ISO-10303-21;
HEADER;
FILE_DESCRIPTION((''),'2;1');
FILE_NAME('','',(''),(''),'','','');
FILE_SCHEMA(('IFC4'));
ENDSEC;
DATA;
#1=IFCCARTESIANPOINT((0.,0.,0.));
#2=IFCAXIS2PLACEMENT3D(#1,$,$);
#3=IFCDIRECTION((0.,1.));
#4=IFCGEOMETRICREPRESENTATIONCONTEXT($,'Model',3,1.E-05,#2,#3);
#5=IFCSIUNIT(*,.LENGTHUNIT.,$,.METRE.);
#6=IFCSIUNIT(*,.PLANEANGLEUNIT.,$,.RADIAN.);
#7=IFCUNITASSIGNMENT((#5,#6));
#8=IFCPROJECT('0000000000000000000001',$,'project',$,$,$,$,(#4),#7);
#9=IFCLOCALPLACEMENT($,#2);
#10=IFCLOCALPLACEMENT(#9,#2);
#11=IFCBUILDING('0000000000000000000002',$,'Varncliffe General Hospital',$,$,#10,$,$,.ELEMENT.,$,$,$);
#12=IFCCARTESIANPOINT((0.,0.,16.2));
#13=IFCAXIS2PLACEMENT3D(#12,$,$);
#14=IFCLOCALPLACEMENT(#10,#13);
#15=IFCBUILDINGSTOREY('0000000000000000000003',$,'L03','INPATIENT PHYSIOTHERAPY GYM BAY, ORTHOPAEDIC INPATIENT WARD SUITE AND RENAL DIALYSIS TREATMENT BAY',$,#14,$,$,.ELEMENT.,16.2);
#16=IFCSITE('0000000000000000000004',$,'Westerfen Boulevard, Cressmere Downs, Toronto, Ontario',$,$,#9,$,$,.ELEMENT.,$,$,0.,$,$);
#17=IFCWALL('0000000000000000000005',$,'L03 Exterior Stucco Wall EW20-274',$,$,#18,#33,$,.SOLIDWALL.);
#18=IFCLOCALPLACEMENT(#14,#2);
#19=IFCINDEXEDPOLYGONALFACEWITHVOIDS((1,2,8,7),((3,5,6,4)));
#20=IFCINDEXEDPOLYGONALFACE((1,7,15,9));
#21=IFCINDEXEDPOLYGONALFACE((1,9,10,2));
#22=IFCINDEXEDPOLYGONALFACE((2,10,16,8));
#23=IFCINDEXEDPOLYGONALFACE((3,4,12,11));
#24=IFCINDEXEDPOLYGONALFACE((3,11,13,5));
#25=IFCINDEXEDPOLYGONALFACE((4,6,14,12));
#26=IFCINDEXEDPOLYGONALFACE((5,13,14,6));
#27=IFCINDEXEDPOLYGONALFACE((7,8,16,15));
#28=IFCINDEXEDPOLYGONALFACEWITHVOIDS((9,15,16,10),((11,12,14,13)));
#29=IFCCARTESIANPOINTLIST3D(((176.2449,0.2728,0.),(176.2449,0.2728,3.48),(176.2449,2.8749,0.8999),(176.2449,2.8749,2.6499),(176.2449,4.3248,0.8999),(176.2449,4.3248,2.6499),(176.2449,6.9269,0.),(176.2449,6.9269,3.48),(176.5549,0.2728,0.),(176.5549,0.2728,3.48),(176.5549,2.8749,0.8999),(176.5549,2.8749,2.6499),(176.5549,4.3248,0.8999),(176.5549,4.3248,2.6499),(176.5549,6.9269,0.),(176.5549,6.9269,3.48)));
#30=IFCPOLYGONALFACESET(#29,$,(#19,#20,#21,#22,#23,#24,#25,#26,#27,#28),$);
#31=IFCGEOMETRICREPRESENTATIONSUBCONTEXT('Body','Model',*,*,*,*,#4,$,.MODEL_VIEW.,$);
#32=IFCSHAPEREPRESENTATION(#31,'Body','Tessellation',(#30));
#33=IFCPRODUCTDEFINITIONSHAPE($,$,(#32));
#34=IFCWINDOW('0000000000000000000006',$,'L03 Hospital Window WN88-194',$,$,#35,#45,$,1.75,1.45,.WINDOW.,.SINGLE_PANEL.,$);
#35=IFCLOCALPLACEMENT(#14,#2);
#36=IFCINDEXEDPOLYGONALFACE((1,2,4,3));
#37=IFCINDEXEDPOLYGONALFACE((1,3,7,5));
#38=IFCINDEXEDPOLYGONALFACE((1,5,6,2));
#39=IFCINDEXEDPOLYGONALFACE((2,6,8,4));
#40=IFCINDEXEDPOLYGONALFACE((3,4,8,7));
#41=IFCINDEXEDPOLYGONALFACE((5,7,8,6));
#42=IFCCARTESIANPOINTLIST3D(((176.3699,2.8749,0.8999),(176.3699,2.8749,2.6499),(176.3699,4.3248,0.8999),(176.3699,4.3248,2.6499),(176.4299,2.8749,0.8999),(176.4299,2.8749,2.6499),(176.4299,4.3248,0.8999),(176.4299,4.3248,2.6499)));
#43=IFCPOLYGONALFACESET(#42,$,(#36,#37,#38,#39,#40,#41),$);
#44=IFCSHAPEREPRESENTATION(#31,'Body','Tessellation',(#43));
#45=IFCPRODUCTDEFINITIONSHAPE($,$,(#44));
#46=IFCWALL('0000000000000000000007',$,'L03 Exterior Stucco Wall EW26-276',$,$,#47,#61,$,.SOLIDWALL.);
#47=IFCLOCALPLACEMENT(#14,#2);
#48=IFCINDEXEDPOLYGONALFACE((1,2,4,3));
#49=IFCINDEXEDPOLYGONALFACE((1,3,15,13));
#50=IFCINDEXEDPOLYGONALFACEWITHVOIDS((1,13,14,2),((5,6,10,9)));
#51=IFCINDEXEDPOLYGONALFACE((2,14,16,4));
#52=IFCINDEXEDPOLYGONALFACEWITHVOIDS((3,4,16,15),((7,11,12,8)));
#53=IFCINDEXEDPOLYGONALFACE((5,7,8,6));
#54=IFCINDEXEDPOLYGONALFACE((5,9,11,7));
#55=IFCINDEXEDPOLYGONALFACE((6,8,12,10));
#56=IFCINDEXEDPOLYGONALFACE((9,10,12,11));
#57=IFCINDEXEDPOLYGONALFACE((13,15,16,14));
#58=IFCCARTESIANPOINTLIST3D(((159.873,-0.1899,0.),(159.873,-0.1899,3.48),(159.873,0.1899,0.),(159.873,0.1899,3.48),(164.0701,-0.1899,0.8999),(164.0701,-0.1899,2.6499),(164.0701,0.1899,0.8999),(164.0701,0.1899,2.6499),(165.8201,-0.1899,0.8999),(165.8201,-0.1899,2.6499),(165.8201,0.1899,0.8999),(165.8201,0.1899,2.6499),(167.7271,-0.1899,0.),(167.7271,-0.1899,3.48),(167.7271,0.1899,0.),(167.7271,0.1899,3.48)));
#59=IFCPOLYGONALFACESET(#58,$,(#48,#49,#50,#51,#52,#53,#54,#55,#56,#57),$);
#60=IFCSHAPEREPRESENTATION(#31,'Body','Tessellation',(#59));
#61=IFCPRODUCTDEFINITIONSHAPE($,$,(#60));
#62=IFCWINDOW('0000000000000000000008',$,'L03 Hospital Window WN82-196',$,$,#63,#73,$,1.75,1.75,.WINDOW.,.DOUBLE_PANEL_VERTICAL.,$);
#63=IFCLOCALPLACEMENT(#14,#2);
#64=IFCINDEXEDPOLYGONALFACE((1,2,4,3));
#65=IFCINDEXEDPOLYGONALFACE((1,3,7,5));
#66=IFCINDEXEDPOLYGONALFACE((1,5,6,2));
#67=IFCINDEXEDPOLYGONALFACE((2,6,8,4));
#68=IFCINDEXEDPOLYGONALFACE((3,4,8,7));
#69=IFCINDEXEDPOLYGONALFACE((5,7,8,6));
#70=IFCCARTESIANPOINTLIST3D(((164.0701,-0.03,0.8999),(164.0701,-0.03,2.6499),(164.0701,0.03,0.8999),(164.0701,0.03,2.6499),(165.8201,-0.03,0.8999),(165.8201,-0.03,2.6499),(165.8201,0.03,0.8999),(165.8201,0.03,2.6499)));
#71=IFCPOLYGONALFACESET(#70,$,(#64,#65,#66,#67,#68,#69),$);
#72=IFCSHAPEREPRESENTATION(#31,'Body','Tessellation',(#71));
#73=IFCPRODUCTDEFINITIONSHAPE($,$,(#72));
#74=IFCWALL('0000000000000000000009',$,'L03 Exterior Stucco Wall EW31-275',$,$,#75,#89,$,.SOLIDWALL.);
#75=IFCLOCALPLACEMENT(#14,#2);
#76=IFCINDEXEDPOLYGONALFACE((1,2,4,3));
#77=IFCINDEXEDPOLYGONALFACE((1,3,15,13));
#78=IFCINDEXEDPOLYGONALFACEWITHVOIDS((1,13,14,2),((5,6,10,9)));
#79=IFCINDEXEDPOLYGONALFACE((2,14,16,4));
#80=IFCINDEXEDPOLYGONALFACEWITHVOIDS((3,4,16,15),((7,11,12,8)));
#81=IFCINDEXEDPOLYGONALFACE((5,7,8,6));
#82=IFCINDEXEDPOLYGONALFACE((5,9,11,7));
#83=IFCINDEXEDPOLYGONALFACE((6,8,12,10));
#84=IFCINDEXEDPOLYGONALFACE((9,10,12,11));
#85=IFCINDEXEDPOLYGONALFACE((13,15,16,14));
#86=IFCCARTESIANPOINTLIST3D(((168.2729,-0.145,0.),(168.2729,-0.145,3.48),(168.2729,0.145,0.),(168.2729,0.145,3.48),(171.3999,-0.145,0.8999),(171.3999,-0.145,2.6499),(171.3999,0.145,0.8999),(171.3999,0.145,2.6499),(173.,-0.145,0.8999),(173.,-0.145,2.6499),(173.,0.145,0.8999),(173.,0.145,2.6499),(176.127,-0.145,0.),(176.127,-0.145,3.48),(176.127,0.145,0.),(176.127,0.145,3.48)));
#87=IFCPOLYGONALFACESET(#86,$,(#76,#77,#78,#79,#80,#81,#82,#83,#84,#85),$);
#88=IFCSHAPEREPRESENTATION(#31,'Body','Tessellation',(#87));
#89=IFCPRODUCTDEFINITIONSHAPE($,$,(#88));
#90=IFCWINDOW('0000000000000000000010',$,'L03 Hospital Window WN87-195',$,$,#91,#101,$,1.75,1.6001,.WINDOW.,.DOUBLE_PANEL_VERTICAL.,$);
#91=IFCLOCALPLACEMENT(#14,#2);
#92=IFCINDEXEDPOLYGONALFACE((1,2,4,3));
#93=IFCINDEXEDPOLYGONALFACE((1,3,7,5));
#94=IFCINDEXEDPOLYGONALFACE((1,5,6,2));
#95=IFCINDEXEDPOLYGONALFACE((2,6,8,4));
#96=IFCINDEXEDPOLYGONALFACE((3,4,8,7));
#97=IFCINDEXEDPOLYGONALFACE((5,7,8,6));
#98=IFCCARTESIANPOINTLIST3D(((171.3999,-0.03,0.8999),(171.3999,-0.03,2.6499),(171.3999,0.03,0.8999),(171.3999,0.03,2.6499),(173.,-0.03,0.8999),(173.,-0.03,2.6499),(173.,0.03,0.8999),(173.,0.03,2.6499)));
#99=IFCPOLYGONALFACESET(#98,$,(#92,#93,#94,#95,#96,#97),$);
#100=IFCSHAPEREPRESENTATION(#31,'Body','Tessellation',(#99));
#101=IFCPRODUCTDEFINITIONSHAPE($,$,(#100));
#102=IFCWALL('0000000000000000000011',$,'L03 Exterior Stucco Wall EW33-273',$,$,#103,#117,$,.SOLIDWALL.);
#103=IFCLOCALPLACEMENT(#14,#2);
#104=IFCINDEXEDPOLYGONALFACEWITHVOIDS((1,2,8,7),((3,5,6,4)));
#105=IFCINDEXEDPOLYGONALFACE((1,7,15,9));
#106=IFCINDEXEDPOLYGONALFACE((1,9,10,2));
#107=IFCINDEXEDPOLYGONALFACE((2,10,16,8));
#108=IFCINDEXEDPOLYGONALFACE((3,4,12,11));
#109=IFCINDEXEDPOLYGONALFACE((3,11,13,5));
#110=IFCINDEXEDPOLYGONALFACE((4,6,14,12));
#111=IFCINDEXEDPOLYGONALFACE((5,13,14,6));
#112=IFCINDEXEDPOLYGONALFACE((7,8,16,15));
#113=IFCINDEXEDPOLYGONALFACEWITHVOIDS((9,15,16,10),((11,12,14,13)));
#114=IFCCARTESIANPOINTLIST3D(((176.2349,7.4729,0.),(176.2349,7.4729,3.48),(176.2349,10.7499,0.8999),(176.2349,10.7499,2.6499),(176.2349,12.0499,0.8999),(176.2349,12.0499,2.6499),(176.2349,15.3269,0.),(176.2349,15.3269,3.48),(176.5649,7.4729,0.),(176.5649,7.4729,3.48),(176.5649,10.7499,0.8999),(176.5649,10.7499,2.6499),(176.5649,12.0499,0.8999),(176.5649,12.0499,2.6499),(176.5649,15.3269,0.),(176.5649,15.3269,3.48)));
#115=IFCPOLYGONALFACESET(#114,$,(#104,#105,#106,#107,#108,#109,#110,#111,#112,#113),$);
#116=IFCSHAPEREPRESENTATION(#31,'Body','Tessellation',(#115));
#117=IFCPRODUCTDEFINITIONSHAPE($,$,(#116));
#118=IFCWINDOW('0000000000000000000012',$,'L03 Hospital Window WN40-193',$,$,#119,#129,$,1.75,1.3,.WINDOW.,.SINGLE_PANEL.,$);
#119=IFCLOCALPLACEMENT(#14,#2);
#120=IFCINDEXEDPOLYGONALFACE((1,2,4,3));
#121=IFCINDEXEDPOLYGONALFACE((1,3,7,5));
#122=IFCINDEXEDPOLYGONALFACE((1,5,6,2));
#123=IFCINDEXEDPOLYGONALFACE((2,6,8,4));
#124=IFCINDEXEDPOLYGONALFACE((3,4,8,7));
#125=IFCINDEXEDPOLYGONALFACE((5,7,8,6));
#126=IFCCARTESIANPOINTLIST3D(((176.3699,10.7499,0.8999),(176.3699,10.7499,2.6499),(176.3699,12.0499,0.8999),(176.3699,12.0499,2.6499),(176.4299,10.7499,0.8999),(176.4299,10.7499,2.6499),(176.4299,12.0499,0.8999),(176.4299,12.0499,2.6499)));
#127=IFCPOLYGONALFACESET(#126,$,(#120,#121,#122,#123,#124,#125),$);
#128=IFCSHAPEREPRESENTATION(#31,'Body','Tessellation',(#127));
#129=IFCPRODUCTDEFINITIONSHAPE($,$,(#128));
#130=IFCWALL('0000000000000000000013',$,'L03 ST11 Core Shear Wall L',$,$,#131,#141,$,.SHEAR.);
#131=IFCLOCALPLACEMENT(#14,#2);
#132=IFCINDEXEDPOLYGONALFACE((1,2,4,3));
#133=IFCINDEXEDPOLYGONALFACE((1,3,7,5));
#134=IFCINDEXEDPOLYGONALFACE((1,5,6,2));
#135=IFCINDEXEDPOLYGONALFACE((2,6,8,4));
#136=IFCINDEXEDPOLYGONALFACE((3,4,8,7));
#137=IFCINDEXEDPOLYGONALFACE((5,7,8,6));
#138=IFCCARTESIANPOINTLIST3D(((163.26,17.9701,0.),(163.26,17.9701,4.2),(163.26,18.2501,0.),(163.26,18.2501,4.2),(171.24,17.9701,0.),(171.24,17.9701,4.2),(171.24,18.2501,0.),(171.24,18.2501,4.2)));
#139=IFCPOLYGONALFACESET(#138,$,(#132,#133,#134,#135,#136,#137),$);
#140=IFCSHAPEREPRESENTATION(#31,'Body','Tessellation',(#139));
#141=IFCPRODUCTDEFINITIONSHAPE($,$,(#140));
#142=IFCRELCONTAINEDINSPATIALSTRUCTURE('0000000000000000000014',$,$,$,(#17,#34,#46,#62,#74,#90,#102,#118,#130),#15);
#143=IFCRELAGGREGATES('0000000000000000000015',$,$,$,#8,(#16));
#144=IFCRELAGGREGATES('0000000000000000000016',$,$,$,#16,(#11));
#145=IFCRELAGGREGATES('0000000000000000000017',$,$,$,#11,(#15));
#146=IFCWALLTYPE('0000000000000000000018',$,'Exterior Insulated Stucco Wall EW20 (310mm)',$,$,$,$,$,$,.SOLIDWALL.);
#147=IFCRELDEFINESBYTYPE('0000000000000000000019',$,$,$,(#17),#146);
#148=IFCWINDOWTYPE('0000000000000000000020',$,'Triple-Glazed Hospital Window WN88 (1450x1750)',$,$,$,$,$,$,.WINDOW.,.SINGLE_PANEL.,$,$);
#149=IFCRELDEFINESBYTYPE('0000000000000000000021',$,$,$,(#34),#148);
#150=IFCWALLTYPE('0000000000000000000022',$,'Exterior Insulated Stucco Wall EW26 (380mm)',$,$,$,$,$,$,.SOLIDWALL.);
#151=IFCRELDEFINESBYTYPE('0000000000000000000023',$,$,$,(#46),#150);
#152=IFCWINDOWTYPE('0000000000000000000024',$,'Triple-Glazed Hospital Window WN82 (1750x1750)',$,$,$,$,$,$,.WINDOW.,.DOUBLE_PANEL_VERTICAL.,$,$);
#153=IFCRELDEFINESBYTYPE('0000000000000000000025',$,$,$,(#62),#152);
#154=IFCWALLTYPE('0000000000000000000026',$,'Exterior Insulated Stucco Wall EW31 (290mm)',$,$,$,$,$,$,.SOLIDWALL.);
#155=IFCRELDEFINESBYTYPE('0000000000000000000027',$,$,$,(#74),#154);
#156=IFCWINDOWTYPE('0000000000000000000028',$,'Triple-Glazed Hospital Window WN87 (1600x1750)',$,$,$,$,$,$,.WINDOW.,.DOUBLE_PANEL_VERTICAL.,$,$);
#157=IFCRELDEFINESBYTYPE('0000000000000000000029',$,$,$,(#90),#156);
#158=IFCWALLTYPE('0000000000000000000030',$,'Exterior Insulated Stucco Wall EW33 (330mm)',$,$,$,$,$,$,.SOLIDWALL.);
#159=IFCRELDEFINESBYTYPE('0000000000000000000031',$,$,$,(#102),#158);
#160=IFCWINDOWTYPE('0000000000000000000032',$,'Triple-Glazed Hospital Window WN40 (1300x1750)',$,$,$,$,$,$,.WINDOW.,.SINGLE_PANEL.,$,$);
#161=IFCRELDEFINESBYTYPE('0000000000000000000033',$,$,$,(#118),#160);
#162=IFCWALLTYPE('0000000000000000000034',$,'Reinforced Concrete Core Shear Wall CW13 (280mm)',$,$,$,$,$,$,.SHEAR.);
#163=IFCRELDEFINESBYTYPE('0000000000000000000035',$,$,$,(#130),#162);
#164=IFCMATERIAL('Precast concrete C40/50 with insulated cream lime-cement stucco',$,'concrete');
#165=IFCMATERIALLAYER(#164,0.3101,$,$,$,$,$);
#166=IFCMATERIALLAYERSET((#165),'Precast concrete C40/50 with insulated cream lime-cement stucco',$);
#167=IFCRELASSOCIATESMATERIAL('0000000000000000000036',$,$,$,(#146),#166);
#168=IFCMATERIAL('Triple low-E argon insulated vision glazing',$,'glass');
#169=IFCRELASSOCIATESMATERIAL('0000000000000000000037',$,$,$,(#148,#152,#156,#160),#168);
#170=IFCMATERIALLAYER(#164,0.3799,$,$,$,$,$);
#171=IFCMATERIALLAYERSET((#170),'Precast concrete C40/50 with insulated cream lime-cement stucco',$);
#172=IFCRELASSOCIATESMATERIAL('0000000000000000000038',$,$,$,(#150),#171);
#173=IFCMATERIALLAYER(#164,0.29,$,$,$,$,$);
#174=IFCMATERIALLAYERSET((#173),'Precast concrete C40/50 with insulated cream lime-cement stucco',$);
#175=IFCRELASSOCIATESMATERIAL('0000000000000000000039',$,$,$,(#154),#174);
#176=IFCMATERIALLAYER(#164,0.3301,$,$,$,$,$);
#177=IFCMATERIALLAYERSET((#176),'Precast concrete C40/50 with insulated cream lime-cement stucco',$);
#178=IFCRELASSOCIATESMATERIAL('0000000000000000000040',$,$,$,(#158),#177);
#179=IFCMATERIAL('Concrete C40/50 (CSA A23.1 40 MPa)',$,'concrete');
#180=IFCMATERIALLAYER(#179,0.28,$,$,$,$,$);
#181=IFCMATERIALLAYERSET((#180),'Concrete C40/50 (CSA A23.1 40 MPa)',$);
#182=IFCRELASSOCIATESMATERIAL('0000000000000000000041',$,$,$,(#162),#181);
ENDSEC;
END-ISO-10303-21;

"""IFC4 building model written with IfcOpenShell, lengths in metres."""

from ifc_helpers import new_model, si_unit, direction, frame, frame_2d, origin, place, context, subcontext, project, spatial, rectangle, extrude, material, layer, layer_set, type_object, element, fill, save


model = new_model("IFC4")

# Units and contexts
model_context = context("Model", 3, precision=1e-05, world=origin(), true_north=direction((0.0, 1.0)))
body_context = subcontext(model_context, "Body", "Model", "MODEL_VIEW")
ifc_project = project(units=[si_unit("LENGTHUNIT", "METRE"), si_unit("PLANEANGLEUNIT", "RADIAN")], contexts=[model_context])

# Site, building, storey
site_placement = place(None, origin())
site = spatial("IfcSite", under=ifc_project, at=site_placement, Name="Westerfen Boulevard, Cressmere Downs, Toronto, Ontario", CompositionType="ELEMENT", RefElevation=0.0)
building_placement = place(site_placement, origin())
building = spatial("IfcBuilding", under=site, at=building_placement, Name="Varncliffe General Hospital", CompositionType="ELEMENT")
storey_placement = place(building_placement, frame((0.0, 0.0, 16.2)))
storey = spatial("IfcBuildingStorey", under=building, at=storey_placement, Name="L03", Description="INPATIENT PHYSIOTHERAPY GYM BAY, ORTHOPAEDIC INPATIENT WARD SUITE AND RENAL DIALYSIS TREATMENT BAY", CompositionType="ELEMENT", Elevation=16.2)

# Shared definitions
ifc_material_1 = material(Name="Concrete C40/50 (CSA A23.1 40 MPa)", Category="concrete")

# Walls, openings, windows
ifc_material_2 = material(Name="Precast concrete C40/50 with insulated cream lime-cement stucco", Category="concrete")
ifc_layer_1 = layer(ifc_material_2, 0.3101)
ifc_layer_set_1 = layer_set([ifc_layer_1], Name="Precast concrete C40/50 with insulated cream lime-cement stucco")
wall_type_1 = type_object("IfcWallType", Name="Exterior Insulated Stucco Wall EW20 (310mm)", PredefinedType="SOLIDWALL", material=ifc_layer_set_1)
wall_1_placement = place(storey_placement, frame((176.3999, 6.927, 0.0), z_axis=(0.0, 0.0, 1.0), x_axis=(0.0, -1.0, 0.0)))
wall_1 = element("IfcWall", 1, at=wall_1_placement, inside=storey, type_object=wall_type_1, Name="L03 Exterior Stucco Wall EW20-274", PredefinedType="SOLIDWALL", context=body_context, shape_type="SweptSolid", body=[
    extrude(rectangle(XDim=6.6541, YDim=0.3101, at=frame_2d((3.3271, 0.0))), origin(), (0.0, 0.0, 1.0), 3.48),
])
opening_1_placement = place(wall_1_placement, frame((2.6021, 0.0, 0.8999)))
opening_1 = element("IfcOpeningElement", 2, at=opening_1_placement, cuts=wall_1, PredefinedType="OPENING", context=body_context, shape_type="SweptSolid", body=[
    extrude(rectangle(XDim=1.45, YDim=1.75, at=frame_2d((0.7251, 0.875))), frame((0.0, 0.165, 0.0), z_axis=(0.0, -1.0, 0.0), x_axis=(1.0, 0.0, 0.0)), (0.0, 0.0, 1.0), 0.3301),
])
ifc_material_3 = material(Name="Triple low-E argon insulated vision glazing", Category="glass")
window_type_1 = type_object("IfcWindowType", Name="Triple-Glazed Hospital Window WN88 (1450x1750)", PartitioningType="SINGLE_PANEL", PredefinedType="WINDOW", material=ifc_material_3)
window_1_placement = place(opening_1_placement, origin())
window_1 = element("IfcWindow", 3, at=window_1_placement, inside=storey, type_object=window_type_1, Name="L03 Hospital Window WN88-194", OverallHeight=1.75, OverallWidth=1.45, PartitioningType="SINGLE_PANEL", PredefinedType="WINDOW", context=body_context, shape_type="SweptSolid", body=[
    extrude(rectangle(XDim=1.45, YDim=1.75, at=frame_2d((0.7251, 0.875))), frame((0.0, 0.03, 0.0), z_axis=(0.0, -1.0, 0.0), x_axis=(1.0, 0.0, 0.0)), (0.0, 0.0, 1.0), 0.0601),
])
fill(opening_1, window_1)
ifc_layer_2 = layer(ifc_material_2, 0.3799)
ifc_layer_set_2 = layer_set([ifc_layer_2], Name="Precast concrete C40/50 with insulated cream lime-cement stucco")
wall_type_2 = type_object("IfcWallType", Name="Exterior Insulated Stucco Wall EW26 (380mm)", PredefinedType="SOLIDWALL", material=ifc_layer_set_2)
wall_2_placement = place(storey_placement, frame((167.7271, 0.0, 0.0), z_axis=(0.0, 0.0, 1.0), x_axis=(-1.0, 0.0, 0.0)))
wall_2 = element("IfcWall", 4, at=wall_2_placement, inside=storey, type_object=wall_type_2, Name="L03 Exterior Stucco Wall EW26-276", PredefinedType="SOLIDWALL", context=body_context, shape_type="SweptSolid", body=[
    extrude(rectangle(XDim=7.854, YDim=0.3799, at=frame_2d((3.927, 0.0))), origin(), (0.0, 0.0, 1.0), 3.48),
])
opening_2_placement = place(wall_2_placement, frame((1.907, 0.0, 0.8999)))
opening_2 = element("IfcOpeningElement", 5, at=opening_2_placement, cuts=wall_2, PredefinedType="OPENING", context=body_context, shape_type="SweptSolid", body=[
    extrude(rectangle(XDim=1.75, YDim=1.75, at=frame_2d((0.875, 0.875))), frame((0.0, 0.2, 0.0), z_axis=(0.0, -1.0, 0.0), x_axis=(1.0, 0.0, 0.0)), (0.0, 0.0, 1.0), 0.3999),
])
window_type_2 = type_object("IfcWindowType", Name="Triple-Glazed Hospital Window WN82 (1750x1750)", PartitioningType="DOUBLE_PANEL_VERTICAL", PredefinedType="WINDOW", material=ifc_material_3)
window_2_placement = place(opening_2_placement, origin())
window_2 = element("IfcWindow", 6, at=window_2_placement, inside=storey, type_object=window_type_2, Name="L03 Hospital Window WN82-196", OverallHeight=1.75, OverallWidth=1.75, PartitioningType="DOUBLE_PANEL_VERTICAL", PredefinedType="WINDOW", context=body_context, shape_type="SweptSolid", body=[
    extrude(rectangle(XDim=1.75, YDim=1.75, at=frame_2d((0.875, 0.875))), frame((0.0, 0.03, 0.0), z_axis=(0.0, -1.0, 0.0), x_axis=(1.0, 0.0, 0.0)), (0.0, 0.0, 1.0), 0.0601),
])
fill(opening_2, window_2)
ifc_layer_3 = layer(ifc_material_2, 0.29)
ifc_layer_set_3 = layer_set([ifc_layer_3], Name="Precast concrete C40/50 with insulated cream lime-cement stucco")
wall_type_3 = type_object("IfcWallType", Name="Exterior Insulated Stucco Wall EW31 (290mm)", PredefinedType="SOLIDWALL", material=ifc_layer_set_3)
wall_3_placement = place(storey_placement, frame((176.127, 0.0, 0.0), z_axis=(0.0, 0.0, 1.0), x_axis=(-1.0, 0.0, 0.0)))
wall_3 = element("IfcWall", 7, at=wall_3_placement, inside=storey, type_object=wall_type_3, Name="L03 Exterior Stucco Wall EW31-275", PredefinedType="SOLIDWALL", context=body_context, shape_type="SweptSolid", body=[
    extrude(rectangle(XDim=7.854, YDim=0.29, at=frame_2d((3.927, 0.0))), origin(), (0.0, 0.0, 1.0), 3.48),
])
opening_3_placement = place(wall_3_placement, frame((3.127, 0.0, 0.8999)))
opening_3 = element("IfcOpeningElement", 8, at=opening_3_placement, cuts=wall_3, PredefinedType="OPENING", context=body_context, shape_type="SweptSolid", body=[
    extrude(rectangle(XDim=1.6001, YDim=1.75, at=frame_2d((0.8, 0.875))), frame((0.0, 0.155, 0.0), z_axis=(0.0, -1.0, 0.0), x_axis=(1.0, 0.0, 0.0)), (0.0, 0.0, 1.0), 0.3101),
])
window_type_3 = type_object("IfcWindowType", Name="Triple-Glazed Hospital Window WN87 (1600x1750)", PartitioningType="DOUBLE_PANEL_VERTICAL", PredefinedType="WINDOW", material=ifc_material_3)
window_3_placement = place(opening_3_placement, origin())
window_3 = element("IfcWindow", 9, at=window_3_placement, inside=storey, type_object=window_type_3, Name="L03 Hospital Window WN87-195", OverallHeight=1.75, OverallWidth=1.6001, PartitioningType="DOUBLE_PANEL_VERTICAL", PredefinedType="WINDOW", context=body_context, shape_type="SweptSolid", body=[
    extrude(rectangle(XDim=1.6001, YDim=1.75, at=frame_2d((0.8, 0.875))), frame((0.0, 0.03, 0.0), z_axis=(0.0, -1.0, 0.0), x_axis=(1.0, 0.0, 0.0)), (0.0, 0.0, 1.0), 0.0601),
])
fill(opening_3, window_3)
ifc_layer_4 = layer(ifc_material_2, 0.3301)
ifc_layer_set_4 = layer_set([ifc_layer_4], Name="Precast concrete C40/50 with insulated cream lime-cement stucco")
wall_type_4 = type_object("IfcWallType", Name="Exterior Insulated Stucco Wall EW33 (330mm)", PredefinedType="SOLIDWALL", material=ifc_layer_set_4)
wall_4_placement = place(storey_placement, frame((176.3999, 15.3269, 0.0), z_axis=(0.0, 0.0, 1.0), x_axis=(0.0, -1.0, 0.0)))
wall_4 = element("IfcWall", 10, at=wall_4_placement, inside=storey, type_object=wall_type_4, Name="L03 Exterior Stucco Wall EW33-273", PredefinedType="SOLIDWALL", context=body_context, shape_type="SweptSolid", body=[
    extrude(rectangle(XDim=7.854, YDim=0.3301, at=frame_2d((3.927, 0.0))), origin(), (0.0, 0.0, 1.0), 3.48),
])
opening_4_placement = place(wall_4_placement, frame((3.2771, 0.0, 0.8999)))
opening_4 = element("IfcOpeningElement", 11, at=opening_4_placement, cuts=wall_4, PredefinedType="OPENING", context=body_context, shape_type="SweptSolid", body=[
    extrude(rectangle(XDim=1.3, YDim=1.75, at=frame_2d((0.6499, 0.875))), frame((0.0, 0.175, 0.0), z_axis=(0.0, -1.0, 0.0), x_axis=(1.0, 0.0, 0.0)), (0.0, 0.0, 1.0), 0.3501),
])
window_type_4 = type_object("IfcWindowType", Name="Triple-Glazed Hospital Window WN40 (1300x1750)", PartitioningType="SINGLE_PANEL", PredefinedType="WINDOW", material=ifc_material_3)
window_4_placement = place(opening_4_placement, origin())
window_4 = element("IfcWindow", 12, at=window_4_placement, inside=storey, type_object=window_type_4, Name="L03 Hospital Window WN40-193", OverallHeight=1.75, OverallWidth=1.3, PartitioningType="SINGLE_PANEL", PredefinedType="WINDOW", context=body_context, shape_type="SweptSolid", body=[
    extrude(rectangle(XDim=1.3, YDim=1.75, at=frame_2d((0.6499, 0.875))), frame((0.0, 0.03, 0.0), z_axis=(0.0, -1.0, 0.0), x_axis=(1.0, 0.0, 0.0)), (0.0, 0.0, 1.0), 0.0601),
])
fill(opening_4, window_4)

# Wall
ifc_layer_5 = layer(ifc_material_1, 0.28)
ifc_layer_set_5 = layer_set([ifc_layer_5], Name="Concrete C40/50 (CSA A23.1 40 MPa)")
wall_type_5 = type_object("IfcWallType", Name="Reinforced Concrete Core Shear Wall CW13 (280mm)", PredefinedType="SHEAR", material=ifc_layer_set_5)
wall_5_placement = place(storey_placement, frame((163.26, 18.1101, 0.0), z_axis=(0.0, 0.0, 1.0), x_axis=(1.0, 0.0, 0.0)))
element("IfcWall", 13, at=wall_5_placement, inside=storey, type_object=wall_type_5, Name="L03 ST11 Core Shear Wall L", PredefinedType="SHEAR", context=body_context, shape_type="SweptSolid", body=[
    extrude(rectangle(XDim=7.98, YDim=0.28, at=frame_2d((3.99, 0.0))), origin(), (0.0, 0.0, 1.0), 4.2),
])

save(model, "model.ifc")
